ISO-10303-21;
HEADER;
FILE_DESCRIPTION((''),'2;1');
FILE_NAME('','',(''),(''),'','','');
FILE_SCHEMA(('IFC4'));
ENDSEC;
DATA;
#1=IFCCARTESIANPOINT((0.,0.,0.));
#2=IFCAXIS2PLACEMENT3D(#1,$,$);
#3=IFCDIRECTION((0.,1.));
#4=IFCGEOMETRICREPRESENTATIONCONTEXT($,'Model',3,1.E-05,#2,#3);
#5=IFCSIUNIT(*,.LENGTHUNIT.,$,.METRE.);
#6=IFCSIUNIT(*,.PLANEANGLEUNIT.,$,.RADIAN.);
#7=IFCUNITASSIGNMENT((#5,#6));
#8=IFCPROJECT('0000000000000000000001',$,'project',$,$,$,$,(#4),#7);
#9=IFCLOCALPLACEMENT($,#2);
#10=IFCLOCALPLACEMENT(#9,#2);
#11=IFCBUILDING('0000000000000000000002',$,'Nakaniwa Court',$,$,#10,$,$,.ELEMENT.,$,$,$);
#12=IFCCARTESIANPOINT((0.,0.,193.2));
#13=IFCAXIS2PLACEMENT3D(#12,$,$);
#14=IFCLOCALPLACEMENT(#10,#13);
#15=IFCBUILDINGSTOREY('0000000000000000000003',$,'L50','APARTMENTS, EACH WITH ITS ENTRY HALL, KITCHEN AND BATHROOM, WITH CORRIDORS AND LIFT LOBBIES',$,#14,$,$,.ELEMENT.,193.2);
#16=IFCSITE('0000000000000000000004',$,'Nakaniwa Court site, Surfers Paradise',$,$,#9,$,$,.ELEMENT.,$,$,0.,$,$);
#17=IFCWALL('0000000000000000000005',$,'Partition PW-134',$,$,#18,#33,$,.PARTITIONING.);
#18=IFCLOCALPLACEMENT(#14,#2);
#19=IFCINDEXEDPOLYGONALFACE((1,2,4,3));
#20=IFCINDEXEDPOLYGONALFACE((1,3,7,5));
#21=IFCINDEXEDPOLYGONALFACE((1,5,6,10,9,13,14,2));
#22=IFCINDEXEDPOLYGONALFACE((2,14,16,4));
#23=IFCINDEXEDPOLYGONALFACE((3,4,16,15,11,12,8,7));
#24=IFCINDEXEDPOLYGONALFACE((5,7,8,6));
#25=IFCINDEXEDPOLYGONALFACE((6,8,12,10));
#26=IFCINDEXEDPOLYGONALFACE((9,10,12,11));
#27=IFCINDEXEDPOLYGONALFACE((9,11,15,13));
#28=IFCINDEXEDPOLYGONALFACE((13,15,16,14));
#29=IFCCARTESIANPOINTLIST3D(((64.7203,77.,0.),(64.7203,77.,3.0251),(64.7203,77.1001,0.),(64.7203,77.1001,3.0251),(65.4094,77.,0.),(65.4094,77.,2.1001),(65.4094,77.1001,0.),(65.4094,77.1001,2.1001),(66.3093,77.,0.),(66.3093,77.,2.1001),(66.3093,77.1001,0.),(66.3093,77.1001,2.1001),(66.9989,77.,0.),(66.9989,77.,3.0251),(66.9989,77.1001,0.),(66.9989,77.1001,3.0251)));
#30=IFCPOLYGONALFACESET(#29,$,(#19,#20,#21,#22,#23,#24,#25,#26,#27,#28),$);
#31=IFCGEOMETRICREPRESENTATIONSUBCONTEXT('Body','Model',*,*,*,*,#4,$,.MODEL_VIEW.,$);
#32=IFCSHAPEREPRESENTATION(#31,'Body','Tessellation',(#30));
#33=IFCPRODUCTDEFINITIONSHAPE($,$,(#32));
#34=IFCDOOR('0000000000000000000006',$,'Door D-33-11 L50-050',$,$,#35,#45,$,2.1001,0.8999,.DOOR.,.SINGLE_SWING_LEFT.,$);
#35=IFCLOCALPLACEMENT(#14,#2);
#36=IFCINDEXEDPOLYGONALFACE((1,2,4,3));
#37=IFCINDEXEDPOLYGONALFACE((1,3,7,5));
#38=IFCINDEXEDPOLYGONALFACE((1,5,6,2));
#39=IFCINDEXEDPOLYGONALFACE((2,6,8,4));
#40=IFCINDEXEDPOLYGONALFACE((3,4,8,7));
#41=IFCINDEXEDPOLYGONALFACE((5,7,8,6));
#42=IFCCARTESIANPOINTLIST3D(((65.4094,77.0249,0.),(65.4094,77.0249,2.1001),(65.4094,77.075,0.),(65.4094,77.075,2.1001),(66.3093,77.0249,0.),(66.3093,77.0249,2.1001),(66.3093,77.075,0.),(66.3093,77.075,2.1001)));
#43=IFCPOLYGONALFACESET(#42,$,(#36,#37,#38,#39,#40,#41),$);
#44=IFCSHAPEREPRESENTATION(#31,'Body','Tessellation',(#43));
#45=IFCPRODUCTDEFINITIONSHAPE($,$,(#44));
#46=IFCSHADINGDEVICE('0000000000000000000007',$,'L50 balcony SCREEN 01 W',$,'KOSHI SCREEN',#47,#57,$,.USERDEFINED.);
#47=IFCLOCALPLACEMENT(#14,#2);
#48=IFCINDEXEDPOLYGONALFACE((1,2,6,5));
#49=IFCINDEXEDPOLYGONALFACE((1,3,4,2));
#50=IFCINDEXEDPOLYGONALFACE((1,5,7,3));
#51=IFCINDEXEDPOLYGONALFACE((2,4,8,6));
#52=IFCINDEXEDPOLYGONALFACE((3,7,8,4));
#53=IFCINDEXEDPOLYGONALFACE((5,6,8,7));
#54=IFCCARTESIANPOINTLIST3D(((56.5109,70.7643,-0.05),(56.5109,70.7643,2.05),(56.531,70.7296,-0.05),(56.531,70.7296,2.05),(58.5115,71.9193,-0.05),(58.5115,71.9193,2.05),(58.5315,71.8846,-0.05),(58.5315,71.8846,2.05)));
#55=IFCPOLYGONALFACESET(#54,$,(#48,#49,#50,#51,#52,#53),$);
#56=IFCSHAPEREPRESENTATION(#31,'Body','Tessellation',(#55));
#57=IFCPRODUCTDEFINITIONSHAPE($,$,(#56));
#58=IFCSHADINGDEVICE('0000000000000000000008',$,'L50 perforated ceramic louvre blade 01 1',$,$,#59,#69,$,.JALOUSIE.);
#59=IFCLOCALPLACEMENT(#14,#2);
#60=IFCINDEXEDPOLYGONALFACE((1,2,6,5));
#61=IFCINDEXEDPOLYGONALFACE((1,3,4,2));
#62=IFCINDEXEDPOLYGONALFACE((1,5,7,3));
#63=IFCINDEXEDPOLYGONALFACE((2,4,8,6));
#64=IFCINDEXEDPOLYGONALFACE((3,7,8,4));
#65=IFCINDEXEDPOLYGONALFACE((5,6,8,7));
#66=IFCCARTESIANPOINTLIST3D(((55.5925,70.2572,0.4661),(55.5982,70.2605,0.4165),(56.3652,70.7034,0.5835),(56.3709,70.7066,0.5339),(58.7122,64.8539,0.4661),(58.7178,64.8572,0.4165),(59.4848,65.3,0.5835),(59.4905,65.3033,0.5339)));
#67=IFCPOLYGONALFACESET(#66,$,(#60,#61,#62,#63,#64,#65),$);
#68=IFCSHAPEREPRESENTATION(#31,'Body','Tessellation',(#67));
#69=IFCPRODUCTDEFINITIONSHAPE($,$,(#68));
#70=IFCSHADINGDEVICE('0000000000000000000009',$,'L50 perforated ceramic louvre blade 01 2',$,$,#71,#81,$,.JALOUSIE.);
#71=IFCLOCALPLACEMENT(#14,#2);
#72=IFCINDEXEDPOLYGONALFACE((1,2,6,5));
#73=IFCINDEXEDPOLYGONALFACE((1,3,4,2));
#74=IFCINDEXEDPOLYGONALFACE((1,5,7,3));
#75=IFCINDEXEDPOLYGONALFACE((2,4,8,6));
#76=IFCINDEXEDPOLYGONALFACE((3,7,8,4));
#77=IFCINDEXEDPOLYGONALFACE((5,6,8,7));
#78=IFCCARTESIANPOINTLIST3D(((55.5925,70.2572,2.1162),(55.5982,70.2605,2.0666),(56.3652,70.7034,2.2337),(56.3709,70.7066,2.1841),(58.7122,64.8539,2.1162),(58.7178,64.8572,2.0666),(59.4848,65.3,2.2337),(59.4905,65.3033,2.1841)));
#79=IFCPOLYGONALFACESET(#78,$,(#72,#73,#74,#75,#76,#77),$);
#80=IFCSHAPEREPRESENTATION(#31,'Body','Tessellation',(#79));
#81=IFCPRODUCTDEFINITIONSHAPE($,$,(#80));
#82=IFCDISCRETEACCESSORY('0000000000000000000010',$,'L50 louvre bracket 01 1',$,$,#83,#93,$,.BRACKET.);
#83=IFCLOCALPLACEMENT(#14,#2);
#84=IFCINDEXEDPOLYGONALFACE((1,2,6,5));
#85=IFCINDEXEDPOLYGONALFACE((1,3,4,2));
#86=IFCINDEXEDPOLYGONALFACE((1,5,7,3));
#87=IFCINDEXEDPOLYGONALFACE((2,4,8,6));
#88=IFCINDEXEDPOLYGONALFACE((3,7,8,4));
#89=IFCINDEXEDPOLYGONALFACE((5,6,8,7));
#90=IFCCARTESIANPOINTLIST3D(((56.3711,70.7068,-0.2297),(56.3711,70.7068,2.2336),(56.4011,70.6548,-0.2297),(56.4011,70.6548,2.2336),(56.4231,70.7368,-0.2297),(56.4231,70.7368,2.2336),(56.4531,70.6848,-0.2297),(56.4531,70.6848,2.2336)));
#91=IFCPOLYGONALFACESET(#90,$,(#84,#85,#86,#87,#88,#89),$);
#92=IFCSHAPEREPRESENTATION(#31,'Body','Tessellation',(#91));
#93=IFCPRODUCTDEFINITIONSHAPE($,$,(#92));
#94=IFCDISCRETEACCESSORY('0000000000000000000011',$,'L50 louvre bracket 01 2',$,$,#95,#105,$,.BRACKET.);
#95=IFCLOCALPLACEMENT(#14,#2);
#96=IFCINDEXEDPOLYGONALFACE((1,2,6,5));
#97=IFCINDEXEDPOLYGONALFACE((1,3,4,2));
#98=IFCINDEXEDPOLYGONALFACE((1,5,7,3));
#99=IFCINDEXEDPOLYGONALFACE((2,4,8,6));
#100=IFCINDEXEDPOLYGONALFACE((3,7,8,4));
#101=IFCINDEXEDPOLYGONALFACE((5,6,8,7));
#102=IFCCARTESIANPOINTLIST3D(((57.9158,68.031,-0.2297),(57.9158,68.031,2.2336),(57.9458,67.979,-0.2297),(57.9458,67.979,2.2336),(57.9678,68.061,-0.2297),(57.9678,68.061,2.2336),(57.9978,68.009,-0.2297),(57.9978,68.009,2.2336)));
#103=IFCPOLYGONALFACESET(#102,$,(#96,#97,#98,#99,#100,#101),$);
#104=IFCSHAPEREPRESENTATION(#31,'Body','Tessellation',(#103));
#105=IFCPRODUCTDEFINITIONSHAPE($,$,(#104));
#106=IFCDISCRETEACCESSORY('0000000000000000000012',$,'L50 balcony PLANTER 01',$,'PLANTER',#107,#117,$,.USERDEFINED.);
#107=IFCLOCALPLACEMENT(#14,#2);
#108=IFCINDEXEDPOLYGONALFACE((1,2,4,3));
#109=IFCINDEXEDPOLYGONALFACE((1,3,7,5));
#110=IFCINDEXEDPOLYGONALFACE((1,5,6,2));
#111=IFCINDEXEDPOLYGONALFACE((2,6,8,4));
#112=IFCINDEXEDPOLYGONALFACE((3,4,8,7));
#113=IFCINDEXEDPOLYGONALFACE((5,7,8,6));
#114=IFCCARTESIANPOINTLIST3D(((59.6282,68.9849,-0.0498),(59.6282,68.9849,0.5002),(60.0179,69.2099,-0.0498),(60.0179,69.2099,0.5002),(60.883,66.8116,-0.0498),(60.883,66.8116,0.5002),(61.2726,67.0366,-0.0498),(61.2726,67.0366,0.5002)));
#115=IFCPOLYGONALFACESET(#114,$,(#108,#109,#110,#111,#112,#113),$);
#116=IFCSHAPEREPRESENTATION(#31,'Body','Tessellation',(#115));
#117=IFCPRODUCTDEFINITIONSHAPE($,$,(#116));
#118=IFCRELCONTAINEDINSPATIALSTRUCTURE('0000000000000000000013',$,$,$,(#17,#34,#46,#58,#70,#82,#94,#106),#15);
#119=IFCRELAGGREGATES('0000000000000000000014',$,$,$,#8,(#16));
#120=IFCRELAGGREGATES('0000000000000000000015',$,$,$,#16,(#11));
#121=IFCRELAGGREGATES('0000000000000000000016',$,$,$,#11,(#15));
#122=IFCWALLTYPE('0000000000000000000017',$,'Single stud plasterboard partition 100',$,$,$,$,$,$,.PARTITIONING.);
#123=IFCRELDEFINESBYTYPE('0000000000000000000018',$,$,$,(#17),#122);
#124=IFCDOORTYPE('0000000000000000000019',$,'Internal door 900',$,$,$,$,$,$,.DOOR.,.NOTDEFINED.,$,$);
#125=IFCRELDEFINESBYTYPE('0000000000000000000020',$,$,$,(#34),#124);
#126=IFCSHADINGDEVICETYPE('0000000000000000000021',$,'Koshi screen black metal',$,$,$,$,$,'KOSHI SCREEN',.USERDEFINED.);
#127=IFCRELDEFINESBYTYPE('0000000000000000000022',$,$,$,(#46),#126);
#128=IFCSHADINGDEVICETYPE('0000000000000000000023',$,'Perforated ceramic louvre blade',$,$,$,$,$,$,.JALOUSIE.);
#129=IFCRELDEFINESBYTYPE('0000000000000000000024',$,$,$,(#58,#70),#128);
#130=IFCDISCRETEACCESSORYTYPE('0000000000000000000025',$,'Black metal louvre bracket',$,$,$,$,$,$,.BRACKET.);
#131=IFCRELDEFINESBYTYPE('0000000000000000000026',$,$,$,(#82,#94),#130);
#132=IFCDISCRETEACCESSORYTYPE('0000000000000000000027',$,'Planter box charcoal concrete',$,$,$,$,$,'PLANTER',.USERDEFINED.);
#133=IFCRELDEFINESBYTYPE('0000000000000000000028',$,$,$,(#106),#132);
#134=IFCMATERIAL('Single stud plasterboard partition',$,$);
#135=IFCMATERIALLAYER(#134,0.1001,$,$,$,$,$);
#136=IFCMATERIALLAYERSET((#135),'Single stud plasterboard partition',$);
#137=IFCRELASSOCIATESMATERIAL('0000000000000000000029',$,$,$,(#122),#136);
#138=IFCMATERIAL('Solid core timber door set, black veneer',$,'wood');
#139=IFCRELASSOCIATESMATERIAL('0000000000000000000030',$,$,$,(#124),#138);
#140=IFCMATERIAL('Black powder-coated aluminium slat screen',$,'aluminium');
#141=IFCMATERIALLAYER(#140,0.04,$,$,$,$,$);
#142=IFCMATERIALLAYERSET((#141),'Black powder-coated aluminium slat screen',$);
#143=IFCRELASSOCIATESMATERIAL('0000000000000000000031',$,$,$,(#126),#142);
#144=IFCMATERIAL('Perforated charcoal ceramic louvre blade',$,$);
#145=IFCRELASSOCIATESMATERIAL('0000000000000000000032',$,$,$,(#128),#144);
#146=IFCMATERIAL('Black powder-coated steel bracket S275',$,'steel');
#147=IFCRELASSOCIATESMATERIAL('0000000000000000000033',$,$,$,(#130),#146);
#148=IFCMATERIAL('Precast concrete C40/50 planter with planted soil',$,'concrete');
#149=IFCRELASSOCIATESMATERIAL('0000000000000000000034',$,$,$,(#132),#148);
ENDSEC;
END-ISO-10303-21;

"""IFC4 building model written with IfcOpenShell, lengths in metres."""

from ifc_helpers import new_model, si_unit, direction, frame, frame_2d, origin, origin_2d, place, context, subcontext, project, spatial, rectangle, extrude, material, layer, layer_set, material_profile, profile_set, type_object, element, fill, save


model = new_model("IFC4")

# Units and contexts
model_context = context("Model", 3, precision=1e-05, world=origin(), true_north=direction((0.0, 1.0)))
body_context = subcontext(model_context, "Body", "Model", "MODEL_VIEW")
ifc_project = project(units=[si_unit("LENGTHUNIT", "METRE"), si_unit("PLANEANGLEUNIT", "RADIAN")], contexts=[model_context])

# Site, building, storey
site_placement = place(None, origin())
site = spatial("IfcSite", under=ifc_project, at=site_placement, Name="Nakaniwa Court site, Surfers Paradise", CompositionType="ELEMENT", RefElevation=0.0)
building_placement = place(site_placement, origin())
building = spatial("IfcBuilding", under=site, at=building_placement, Name="Nakaniwa Court", CompositionType="ELEMENT")
storey_placement = place(building_placement, frame((0.0, 0.0, 193.2)))
storey = spatial("IfcBuildingStorey", under=building, at=storey_placement, Name="L50", Description="APARTMENTS, EACH WITH ITS ENTRY HALL, KITCHEN AND BATHROOM, WITH CORRIDORS AND LIFT LOBBIES", CompositionType="ELEMENT", Elevation=193.2)

# Shared definitions
ifc_material_1 = material(Name="Solid core timber door set, black veneer", Category="wood")

# Shared definitions
ifc_material_2 = material(Name="Single stud plasterboard partition")
ifc_layer_1 = layer(ifc_material_2, 0.1001)
ifc_layer_set_1 = layer_set([ifc_layer_1], Name="Single stud plasterboard partition")
wall_type_1 = type_object("IfcWallType", Name="Single stud plasterboard partition 100", PredefinedType="PARTITIONING", material=ifc_layer_set_1)
door_type_1 = type_object("IfcDoorType", Name="Internal door 900", OperationType="NOTDEFINED", PredefinedType="DOOR", material=ifc_material_1)

# Wall, opening, door
wall_1_placement = place(storey_placement, frame((64.7205, 77.05, 0.0), z_axis=(0.0, 0.0, 1.0), x_axis=(1.0, 0.0, 0.0)))
wall_1 = element("IfcWall", 1, at=wall_1_placement, inside=storey, type_object=wall_type_1, Name="Partition PW-134", PredefinedType="PARTITIONING", context=body_context, shape_type="SweptSolid", body=[
    extrude(rectangle(XDim=2.2786, YDim=0.1001, at=frame_2d((1.1392, 0.0))), origin(), (0.0, 0.0, 1.0), 3.0251),
])
opening_1_placement = place(wall_1_placement, frame((0.689, 0.0, 0.0)))
opening_1 = element("IfcOpeningElement", 2, at=opening_1_placement, cuts=wall_1, PredefinedType="OPENING", context=body_context, shape_type="SweptSolid", body=[
    extrude(rectangle(XDim=0.8999, YDim=2.1001, at=frame_2d((0.45, 1.05))), frame((0.0, 0.0601, 0.0), z_axis=(0.0, -1.0, 0.0), x_axis=(1.0, 0.0, 0.0)), (0.0, 0.0, 1.0), 0.1201),
])
door_1_placement = place(opening_1_placement, origin())
door_1 = element("IfcDoor", 3, at=door_1_placement, inside=storey, type_object=door_type_1, Name="Door D-33-11 L50-050", OperationType="SINGLE_SWING_LEFT", OverallHeight=2.1001, OverallWidth=0.8999, PredefinedType="DOOR", context=body_context, shape_type="SweptSolid", body=[
    extrude(rectangle(XDim=0.8999, YDim=2.1001, at=frame_2d((0.45, 1.05))), frame((0.0, 0.0249, 0.0), z_axis=(0.0, -1.0, 0.0), x_axis=(1.0, 0.0, 0.0)), (0.0, 0.0, 1.0), 0.05),
])
fill(opening_1, door_1)

# Shading devices
ifc_material_3 = material(Name="Black powder-coated aluminium slat screen", Category="aluminium")
ifc_layer_2 = layer(ifc_material_3, 0.04)
ifc_layer_set_2 = layer_set([ifc_layer_2], Name="Black powder-coated aluminium slat screen")
shading_device_type_1 = type_object("IfcShadingDeviceType", Name="Koshi screen black metal", ElementType="KOSHI SCREEN", PredefinedType="USERDEFINED", material=ifc_layer_set_2)
shading_device_placement = place(storey_placement, frame((57.5212, 71.3245, -0.05), z_axis=(0.0, 0.0, 1.0), x_axis=(0.499986, -0.866033, 0.0)))
element("IfcShadingDevice", 4, at=shading_device_placement, inside=storey, type_object=shading_device_type_1, Name="L50 balcony SCREEN 01 W", ObjectType="KOSHI SCREEN", PredefinedType="USERDEFINED", context=body_context, shape_type="SweptSolid", body=[
    extrude(rectangle(XDim=0.04, YDim=2.3101, at=origin_2d()), origin(), (0.0, 0.0, 1.0), 2.1001),
])
ifc_material_4 = material(Name="Perforated charcoal ceramic louvre blade")
ifc_material_profile_1 = material_profile(ifc_material_4, rectangle(XDim=0.8999, YDim=0.05, at=origin_2d()), Name="Perforated ceramic louvre blade")
ifc_profile_set_1 = profile_set([ifc_material_profile_1], Name="Perforated charcoal ceramic louvre blade")
shading_device_type_2 = type_object("IfcShadingDeviceType", Name="Perforated ceramic louvre blade", PredefinedType="JALOUSIE", material=ifc_profile_set_1)
for number, where, z_axis, x_axis, name in (
    (5, (55.9817, 70.4819, 0.5), (0.500002, -0.866024, 0.0), (0.858615, 0.495725, 0.130526), "L50 perforated ceramic louvre blade 01 1"),
    (6, (55.9817, 70.4819, 2.1501), (0.500002, -0.866024, 0.0), (0.858615, 0.495725, 0.130526), "L50 perforated ceramic louvre blade 01 2"),
):
    element("IfcShadingDevice", number, at=place(storey_placement, frame(where, z_axis=z_axis, x_axis=x_axis)), inside=storey, type_object=shading_device_type_2, Name=name, PredefinedType="JALOUSIE", context=body_context, shape_type="SweptSolid", body=[
        extrude(rectangle(XDim=0.8999, YDim=0.05, at=origin_2d()), origin(), (0.0, 0.0, 1.0), 6.2393),
    ])

# Discrete accessories
ifc_material_5 = material(Name="Black powder-coated steel bracket S275", Category="steel")
discrete_accessory_type_1 = type_object("IfcDiscreteAccessoryType", Name="Black metal louvre bracket", PredefinedType="BRACKET", material=ifc_material_5)
for number, where, z_axis, x_axis, name in (
    (7, (56.4121, 70.6958, -0.2297), (0.0, 0.0, 1.0), (0.499986, -0.866033, 0.0), "L50 louvre bracket 01 1"),
    (8, (57.9568, 68.02, -0.2297), (0.0, 0.0, 1.0), (0.499986, -0.866033, 0.0), "L50 louvre bracket 01 2"),
):
    element("IfcDiscreteAccessory", number, at=place(storey_placement, frame(where, z_axis=z_axis, x_axis=x_axis)), inside=storey, type_object=discrete_accessory_type_1, Name=name, PredefinedType="BRACKET", context=body_context, shape_type="SweptSolid", body=[
        extrude(rectangle(XDim=0.0601, YDim=0.0601, at=origin_2d()), origin(), (0.0, 0.0, 1.0), 2.4634),
    ])
ifc_material_6 = material(Name="Precast concrete C40/50 planter with planted soil", Category="concrete")
discrete_accessory_type_2 = type_object("IfcDiscreteAccessoryType", Name="Planter box charcoal concrete", ElementType="PLANTER", PredefinedType="USERDEFINED", material=ifc_material_6)
discrete_accessory_placement = place(storey_placement, frame((60.4504, 68.0107, -0.0498), z_axis=(0.0, 0.0, 1.0), x_axis=(0.499986, -0.866033, 0.0)))
element("IfcDiscreteAccessory", 9, at=discrete_accessory_placement, inside=storey, type_object=discrete_accessory_type_2, Name="L50 balcony PLANTER 01", ObjectType="PLANTER", PredefinedType="USERDEFINED", context=body_context, shape_type="SweptSolid", body=[
    extrude(rectangle(XDim=2.5095, YDim=0.45, at=origin_2d()), origin(), (0.0, 0.0, 1.0), 0.55),
])

save(model, "model.ifc")
